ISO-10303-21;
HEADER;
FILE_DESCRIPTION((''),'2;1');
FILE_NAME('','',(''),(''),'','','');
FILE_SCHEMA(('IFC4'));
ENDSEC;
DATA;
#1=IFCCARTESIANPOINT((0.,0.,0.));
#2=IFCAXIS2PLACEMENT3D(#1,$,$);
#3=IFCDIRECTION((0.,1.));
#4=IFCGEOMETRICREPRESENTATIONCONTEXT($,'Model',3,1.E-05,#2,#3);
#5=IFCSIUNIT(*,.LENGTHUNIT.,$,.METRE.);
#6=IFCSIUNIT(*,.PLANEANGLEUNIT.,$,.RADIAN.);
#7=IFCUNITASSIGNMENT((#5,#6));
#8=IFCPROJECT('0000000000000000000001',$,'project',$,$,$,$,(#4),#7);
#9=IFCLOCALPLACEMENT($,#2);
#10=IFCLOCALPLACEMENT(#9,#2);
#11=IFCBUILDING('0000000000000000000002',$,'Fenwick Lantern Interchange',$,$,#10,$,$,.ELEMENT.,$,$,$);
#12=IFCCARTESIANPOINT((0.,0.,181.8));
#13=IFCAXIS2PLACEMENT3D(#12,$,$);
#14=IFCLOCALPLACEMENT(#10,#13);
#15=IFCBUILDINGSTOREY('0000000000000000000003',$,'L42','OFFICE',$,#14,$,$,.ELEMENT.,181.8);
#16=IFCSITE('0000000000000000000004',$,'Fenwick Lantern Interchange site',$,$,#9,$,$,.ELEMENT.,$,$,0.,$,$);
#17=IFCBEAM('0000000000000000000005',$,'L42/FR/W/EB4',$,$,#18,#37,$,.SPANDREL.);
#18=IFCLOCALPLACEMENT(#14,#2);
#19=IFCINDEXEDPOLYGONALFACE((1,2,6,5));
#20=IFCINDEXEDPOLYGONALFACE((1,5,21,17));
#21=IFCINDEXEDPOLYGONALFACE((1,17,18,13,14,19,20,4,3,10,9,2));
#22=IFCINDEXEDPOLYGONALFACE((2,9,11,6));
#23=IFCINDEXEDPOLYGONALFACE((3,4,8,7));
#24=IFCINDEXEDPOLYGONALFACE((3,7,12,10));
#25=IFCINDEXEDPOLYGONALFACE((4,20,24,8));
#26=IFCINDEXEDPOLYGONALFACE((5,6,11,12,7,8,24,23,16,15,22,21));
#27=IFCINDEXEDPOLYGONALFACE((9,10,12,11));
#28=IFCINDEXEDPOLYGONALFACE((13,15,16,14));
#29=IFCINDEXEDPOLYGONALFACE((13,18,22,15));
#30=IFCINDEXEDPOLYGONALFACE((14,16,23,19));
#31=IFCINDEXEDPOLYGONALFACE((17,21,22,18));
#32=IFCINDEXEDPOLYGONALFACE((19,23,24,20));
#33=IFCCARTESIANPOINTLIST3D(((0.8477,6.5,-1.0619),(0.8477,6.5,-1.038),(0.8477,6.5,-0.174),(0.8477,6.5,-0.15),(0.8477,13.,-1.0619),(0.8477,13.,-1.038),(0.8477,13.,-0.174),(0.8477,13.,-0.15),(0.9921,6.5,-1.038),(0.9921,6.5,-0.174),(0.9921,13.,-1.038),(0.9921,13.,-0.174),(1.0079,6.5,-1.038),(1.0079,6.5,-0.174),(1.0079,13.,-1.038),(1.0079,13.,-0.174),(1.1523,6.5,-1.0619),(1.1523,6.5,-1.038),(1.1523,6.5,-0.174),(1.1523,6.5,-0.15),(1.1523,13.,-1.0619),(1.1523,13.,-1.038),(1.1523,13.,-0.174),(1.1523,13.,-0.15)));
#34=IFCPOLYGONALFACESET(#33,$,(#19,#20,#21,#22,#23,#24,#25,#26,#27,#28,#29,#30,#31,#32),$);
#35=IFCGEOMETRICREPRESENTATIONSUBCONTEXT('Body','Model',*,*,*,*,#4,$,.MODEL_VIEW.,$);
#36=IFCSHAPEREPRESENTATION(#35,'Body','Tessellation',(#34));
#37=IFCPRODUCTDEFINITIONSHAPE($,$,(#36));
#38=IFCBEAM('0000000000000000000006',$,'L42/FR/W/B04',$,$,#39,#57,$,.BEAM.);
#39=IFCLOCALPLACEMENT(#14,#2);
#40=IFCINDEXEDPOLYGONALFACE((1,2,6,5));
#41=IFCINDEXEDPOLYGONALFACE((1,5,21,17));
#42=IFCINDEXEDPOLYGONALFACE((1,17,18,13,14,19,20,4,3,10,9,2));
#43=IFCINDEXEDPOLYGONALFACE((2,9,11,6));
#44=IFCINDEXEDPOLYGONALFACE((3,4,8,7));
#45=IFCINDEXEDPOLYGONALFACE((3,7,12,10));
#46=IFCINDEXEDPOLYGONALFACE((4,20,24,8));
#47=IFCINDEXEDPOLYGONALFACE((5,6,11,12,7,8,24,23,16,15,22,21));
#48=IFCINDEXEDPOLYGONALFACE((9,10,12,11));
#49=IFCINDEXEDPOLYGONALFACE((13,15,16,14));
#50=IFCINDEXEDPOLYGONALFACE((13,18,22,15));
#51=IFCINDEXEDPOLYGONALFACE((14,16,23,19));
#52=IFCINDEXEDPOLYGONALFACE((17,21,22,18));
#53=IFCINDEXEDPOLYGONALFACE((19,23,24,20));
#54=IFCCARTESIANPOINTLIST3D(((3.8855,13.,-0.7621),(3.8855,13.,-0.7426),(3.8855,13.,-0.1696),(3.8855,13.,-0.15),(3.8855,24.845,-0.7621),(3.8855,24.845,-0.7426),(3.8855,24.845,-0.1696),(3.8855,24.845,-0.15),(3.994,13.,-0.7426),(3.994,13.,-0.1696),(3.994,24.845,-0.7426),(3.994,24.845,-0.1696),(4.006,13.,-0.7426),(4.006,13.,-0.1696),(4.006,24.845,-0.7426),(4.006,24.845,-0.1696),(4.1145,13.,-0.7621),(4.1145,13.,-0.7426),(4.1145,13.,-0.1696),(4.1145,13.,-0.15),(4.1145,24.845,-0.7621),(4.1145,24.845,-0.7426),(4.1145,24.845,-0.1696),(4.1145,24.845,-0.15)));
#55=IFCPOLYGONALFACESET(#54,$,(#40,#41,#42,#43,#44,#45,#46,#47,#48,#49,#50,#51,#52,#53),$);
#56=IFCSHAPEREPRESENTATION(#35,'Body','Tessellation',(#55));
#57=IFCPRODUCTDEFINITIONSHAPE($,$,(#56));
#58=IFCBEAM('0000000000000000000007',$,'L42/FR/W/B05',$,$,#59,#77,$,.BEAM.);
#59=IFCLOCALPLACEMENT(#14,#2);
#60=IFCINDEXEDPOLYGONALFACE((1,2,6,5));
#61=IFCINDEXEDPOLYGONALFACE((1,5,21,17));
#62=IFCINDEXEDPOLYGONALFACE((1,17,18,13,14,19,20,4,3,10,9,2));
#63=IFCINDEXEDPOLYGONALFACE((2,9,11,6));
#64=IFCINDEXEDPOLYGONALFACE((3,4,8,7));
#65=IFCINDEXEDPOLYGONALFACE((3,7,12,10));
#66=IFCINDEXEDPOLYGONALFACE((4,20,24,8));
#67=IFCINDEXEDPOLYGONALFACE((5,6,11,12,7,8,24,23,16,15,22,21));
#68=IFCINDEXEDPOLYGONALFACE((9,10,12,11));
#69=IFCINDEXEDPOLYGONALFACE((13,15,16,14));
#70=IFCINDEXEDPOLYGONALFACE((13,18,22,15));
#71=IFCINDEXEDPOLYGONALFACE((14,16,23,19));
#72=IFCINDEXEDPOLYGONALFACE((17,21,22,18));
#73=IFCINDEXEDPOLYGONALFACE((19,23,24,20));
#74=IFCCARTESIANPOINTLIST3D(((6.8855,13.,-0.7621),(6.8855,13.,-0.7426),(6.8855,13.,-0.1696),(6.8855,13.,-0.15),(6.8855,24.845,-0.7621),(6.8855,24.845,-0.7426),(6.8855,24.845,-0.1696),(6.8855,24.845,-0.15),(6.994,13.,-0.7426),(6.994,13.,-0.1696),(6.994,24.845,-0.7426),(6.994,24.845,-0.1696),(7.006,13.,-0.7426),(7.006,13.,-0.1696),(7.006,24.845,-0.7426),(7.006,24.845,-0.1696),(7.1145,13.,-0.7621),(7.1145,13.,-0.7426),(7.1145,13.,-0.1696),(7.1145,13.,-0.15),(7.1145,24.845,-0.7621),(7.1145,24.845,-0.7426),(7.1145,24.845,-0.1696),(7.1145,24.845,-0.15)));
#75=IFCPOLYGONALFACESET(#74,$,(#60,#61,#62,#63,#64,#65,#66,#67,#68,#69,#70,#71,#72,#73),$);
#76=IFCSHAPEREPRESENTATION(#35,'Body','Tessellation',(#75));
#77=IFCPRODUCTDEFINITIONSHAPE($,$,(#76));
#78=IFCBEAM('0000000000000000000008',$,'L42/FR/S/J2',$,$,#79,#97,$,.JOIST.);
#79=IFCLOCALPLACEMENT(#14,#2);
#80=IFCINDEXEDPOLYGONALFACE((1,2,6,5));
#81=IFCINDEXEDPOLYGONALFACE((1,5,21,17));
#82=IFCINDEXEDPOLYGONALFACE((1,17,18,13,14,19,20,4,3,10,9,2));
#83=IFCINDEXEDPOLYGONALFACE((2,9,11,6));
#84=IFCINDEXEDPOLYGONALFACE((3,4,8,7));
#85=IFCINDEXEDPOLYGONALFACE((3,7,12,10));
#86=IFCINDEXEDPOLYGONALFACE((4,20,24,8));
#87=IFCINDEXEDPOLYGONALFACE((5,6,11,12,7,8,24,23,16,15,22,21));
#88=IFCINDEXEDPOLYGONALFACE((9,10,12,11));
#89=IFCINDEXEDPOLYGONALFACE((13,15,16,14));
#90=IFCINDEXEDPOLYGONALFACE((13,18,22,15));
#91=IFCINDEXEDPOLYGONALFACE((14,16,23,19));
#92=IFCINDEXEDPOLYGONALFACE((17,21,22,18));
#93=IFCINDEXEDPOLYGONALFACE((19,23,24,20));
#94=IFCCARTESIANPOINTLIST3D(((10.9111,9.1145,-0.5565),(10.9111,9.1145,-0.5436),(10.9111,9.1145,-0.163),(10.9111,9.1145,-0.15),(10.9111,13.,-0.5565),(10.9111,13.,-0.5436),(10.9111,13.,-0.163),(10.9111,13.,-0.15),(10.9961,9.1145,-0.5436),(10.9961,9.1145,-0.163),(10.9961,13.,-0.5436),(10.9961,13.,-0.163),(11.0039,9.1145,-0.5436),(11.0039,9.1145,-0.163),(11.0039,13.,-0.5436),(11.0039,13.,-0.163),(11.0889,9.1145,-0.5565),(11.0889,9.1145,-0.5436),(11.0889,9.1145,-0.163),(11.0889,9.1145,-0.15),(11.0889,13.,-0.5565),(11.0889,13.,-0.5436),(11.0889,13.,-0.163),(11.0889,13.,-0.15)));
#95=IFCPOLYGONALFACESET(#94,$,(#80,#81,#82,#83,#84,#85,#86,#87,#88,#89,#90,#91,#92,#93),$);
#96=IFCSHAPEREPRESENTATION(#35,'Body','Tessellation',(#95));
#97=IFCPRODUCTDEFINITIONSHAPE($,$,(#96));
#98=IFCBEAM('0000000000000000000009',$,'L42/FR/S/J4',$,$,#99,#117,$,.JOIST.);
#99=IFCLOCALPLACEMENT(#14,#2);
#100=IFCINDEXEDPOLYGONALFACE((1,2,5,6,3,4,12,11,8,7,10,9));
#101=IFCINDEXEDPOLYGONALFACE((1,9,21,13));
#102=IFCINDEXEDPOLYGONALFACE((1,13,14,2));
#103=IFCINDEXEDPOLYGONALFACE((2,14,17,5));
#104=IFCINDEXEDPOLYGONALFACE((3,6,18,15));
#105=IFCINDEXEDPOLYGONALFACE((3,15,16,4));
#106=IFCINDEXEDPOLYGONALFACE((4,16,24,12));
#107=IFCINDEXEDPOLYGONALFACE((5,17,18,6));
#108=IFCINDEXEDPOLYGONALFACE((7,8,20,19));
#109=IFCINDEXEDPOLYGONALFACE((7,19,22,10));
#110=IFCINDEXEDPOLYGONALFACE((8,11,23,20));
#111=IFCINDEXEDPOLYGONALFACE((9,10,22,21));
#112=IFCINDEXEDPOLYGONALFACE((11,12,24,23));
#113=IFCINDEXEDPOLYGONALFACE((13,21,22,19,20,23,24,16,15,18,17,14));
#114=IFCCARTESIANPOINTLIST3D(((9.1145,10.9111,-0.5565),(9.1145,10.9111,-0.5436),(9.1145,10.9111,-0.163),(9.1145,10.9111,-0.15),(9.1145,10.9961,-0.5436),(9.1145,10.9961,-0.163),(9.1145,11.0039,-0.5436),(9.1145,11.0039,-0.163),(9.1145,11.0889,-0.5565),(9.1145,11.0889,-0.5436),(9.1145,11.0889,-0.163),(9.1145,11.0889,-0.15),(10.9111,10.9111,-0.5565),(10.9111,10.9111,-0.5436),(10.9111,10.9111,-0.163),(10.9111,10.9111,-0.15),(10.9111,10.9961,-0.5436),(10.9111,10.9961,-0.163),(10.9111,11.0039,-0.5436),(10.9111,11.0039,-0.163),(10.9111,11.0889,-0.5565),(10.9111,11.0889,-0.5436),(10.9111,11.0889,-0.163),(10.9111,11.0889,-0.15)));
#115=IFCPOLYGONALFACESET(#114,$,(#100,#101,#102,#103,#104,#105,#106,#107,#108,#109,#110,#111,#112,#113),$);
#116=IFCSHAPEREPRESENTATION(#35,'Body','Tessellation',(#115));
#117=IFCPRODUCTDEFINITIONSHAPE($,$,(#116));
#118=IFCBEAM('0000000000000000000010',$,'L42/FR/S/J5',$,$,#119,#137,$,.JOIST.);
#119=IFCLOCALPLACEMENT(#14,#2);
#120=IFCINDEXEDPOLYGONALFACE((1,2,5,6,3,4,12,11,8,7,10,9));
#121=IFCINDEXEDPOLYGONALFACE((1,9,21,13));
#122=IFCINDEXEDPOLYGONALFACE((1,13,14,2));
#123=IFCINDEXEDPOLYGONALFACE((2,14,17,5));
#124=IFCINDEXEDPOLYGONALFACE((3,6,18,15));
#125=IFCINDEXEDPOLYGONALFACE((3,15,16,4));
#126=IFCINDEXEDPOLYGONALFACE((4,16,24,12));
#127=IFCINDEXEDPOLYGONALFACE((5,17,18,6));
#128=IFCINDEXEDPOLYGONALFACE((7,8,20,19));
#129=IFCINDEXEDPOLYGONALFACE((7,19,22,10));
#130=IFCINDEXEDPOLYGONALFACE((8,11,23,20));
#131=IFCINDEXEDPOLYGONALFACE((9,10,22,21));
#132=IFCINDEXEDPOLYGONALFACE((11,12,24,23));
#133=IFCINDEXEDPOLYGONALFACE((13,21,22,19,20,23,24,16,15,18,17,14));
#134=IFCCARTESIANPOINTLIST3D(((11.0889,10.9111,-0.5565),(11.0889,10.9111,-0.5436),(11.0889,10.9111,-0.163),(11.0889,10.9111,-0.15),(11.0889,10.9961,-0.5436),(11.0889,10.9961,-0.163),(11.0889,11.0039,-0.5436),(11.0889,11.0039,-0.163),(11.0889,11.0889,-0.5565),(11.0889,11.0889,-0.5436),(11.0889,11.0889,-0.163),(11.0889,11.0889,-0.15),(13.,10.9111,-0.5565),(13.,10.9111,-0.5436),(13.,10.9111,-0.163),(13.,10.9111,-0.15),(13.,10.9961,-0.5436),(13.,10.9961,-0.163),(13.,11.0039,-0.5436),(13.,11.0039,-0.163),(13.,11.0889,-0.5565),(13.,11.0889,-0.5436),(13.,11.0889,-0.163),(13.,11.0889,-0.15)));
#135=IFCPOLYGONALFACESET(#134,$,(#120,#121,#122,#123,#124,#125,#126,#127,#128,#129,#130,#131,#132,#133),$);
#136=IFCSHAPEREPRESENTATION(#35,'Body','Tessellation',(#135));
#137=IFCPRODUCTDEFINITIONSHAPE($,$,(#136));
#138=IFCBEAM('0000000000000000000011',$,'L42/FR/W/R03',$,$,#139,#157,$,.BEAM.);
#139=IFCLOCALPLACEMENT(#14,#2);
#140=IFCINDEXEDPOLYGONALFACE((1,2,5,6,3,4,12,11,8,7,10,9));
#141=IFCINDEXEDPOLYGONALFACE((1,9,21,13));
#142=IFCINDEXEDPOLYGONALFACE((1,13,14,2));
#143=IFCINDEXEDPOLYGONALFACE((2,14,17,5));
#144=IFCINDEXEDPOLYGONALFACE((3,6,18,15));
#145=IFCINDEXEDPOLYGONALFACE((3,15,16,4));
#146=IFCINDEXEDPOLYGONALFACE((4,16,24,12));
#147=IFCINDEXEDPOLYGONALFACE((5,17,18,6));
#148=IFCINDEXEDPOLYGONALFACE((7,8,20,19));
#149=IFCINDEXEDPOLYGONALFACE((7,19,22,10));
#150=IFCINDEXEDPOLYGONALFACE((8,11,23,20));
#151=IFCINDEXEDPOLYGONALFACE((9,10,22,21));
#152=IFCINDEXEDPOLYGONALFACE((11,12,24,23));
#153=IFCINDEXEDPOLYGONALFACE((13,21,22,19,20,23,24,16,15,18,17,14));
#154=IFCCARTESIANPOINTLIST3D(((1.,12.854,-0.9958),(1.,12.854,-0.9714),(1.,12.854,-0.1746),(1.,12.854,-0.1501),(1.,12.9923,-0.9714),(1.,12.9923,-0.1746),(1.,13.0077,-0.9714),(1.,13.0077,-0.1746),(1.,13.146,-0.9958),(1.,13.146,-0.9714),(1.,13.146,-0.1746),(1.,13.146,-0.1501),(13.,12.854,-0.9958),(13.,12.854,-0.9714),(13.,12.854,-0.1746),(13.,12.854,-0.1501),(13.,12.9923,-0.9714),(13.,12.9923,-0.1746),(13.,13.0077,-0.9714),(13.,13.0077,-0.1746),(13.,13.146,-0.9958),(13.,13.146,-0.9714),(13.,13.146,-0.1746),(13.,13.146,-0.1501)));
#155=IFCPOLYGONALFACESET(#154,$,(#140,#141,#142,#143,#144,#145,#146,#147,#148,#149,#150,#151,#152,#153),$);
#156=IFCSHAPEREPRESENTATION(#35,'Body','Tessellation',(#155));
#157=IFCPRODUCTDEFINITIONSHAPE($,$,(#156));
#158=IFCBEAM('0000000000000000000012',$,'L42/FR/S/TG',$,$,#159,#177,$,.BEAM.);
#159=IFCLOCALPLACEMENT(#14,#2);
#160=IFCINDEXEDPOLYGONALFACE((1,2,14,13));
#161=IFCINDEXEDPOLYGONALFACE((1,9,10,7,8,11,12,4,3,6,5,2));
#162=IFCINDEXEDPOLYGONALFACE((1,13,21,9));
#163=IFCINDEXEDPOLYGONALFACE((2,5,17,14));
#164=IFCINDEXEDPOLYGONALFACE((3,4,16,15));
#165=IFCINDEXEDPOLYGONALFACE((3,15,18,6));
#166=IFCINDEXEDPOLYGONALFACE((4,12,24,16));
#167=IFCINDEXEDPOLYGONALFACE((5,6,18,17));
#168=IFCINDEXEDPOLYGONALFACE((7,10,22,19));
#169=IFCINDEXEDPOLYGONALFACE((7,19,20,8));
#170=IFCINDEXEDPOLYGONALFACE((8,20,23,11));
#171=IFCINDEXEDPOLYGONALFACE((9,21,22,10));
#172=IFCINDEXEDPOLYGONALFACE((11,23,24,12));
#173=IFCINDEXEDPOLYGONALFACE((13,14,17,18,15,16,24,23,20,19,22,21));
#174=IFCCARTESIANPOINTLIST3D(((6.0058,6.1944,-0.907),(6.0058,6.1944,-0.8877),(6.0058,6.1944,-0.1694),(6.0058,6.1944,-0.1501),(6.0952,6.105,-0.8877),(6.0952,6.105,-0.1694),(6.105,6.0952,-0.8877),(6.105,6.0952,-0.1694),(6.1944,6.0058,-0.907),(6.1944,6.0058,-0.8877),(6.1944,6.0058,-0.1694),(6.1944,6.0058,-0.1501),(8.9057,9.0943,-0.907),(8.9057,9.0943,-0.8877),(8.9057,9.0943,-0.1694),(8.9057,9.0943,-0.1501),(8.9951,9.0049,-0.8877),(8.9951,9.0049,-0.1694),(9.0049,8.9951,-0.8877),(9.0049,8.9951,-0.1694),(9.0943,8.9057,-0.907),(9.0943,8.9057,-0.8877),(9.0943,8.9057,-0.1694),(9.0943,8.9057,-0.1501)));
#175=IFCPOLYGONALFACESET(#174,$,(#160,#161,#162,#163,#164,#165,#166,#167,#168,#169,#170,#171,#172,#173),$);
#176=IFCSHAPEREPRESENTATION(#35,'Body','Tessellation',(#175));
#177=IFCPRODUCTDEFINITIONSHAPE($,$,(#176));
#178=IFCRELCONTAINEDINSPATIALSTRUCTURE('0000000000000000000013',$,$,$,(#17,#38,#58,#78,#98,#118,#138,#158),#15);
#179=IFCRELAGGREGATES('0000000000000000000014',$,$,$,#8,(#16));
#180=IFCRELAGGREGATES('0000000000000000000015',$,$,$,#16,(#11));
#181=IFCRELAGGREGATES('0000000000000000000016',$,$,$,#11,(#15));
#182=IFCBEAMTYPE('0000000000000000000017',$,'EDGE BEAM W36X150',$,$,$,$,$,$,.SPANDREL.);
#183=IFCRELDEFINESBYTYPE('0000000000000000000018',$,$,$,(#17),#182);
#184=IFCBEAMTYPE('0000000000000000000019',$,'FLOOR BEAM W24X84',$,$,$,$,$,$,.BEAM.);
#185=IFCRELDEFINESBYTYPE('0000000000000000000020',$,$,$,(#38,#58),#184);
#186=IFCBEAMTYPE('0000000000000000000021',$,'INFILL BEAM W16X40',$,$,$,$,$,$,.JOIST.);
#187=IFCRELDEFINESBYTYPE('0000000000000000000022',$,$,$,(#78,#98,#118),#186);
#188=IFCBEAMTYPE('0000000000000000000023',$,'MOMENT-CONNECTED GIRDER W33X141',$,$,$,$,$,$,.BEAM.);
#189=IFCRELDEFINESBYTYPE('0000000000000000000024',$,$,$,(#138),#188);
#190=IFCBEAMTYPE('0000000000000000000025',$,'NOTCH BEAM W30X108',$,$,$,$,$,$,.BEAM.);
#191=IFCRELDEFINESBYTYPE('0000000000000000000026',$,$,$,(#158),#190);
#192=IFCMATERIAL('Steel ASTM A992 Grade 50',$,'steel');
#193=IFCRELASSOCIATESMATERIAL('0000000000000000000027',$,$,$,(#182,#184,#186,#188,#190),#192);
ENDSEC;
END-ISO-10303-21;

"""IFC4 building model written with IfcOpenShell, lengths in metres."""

from ifc_helpers import new_model, si_unit, direction, frame, origin, origin_2d, place, context, subcontext, project, spatial, i_section, extrude, material, material_profile, profile_set, type_object, element, save


model = new_model("IFC4")

# Units and contexts
model_context = context("Model", 3, precision=1e-05, world=origin(), true_north=direction((0.0, 1.0)))
body_context = subcontext(model_context, "Body", "Model", "MODEL_VIEW")
ifc_project = project(units=[si_unit("LENGTHUNIT", "METRE"), si_unit("PLANEANGLEUNIT", "RADIAN")], contexts=[model_context])

# Site, building, storey
site_placement = place(None, origin())
site = spatial("IfcSite", under=ifc_project, at=site_placement, Name="Fenwick Lantern Interchange site", CompositionType="ELEMENT", RefElevation=0.0)
building_placement = place(site_placement, origin())
building = spatial("IfcBuilding", under=site, at=building_placement, Name="Fenwick Lantern Interchange", CompositionType="ELEMENT")
storey_placement = place(building_placement, frame((0.0, 0.0, 181.8)))
storey = spatial("IfcBuildingStorey", under=building, at=storey_placement, Name="L42", Description="OFFICE", CompositionType="ELEMENT", Elevation=181.8)

# Beams
ifc_material_1 = material(Name="Steel ASTM A992 Grade 50", Category="steel")
ifc_material_profile_1 = material_profile(ifc_material_1, i_section(OverallWidth=0.3047, OverallDepth=0.9119, WebThickness=0.0159, FlangeThickness=0.0239, at=origin_2d()), Name="W36X150")
ifc_profile_set_1 = profile_set([ifc_material_profile_1], Name="Steel ASTM A992 Grade 50")
beam_type_1 = type_object("IfcBeamType", Name="EDGE BEAM W36X150", PredefinedType="SPANDREL", material=ifc_profile_set_1)
beam_1_placement = place(storey_placement, frame((1.0, 13.0, -0.606), z_axis=(0.0, -1.0, 0.0), x_axis=(1.0, 0.0, 0.0)))
element("IfcBeam", 1, at=beam_1_placement, inside=storey, type_object=beam_type_1, Name="L42/FR/W/EB4", PredefinedType="SPANDREL", context=body_context, shape_type="SweptSolid", body=[
    extrude(i_section(OverallWidth=0.3047, OverallDepth=0.9119, WebThickness=0.0159, FlangeThickness=0.0239, at=origin_2d()), origin(), (0.0, 0.0, 1.0), 6.5),
])
ifc_material_profile_2 = material_profile(ifc_material_1, i_section(OverallWidth=0.229, OverallDepth=0.6121, WebThickness=0.012, FlangeThickness=0.0195, at=origin_2d()), Name="W24X84")
ifc_profile_set_2 = profile_set([ifc_material_profile_2], Name="Steel ASTM A992 Grade 50")
beam_type_2 = type_object("IfcBeamType", Name="FLOOR BEAM W24X84", PredefinedType="BEAM", material=ifc_profile_set_2)
for number, where, z_axis, x_axis, name in (
    (2, (4.0, 24.845, -0.4561), (0.0, -1.0, 0.0), (1.0, 0.0, 0.0), "L42/FR/W/B04"),
    (3, (7.0, 24.845, -0.4561), (0.0, -1.0, 0.0), (1.0, 0.0, 0.0), "L42/FR/W/B05"),
):
    element("IfcBeam", number, at=place(storey_placement, frame(where, z_axis=z_axis, x_axis=x_axis)), inside=storey, type_object=beam_type_2, Name=name, PredefinedType="BEAM", context=body_context, shape_type="SweptSolid", body=[
        extrude(i_section(OverallWidth=0.229, OverallDepth=0.6121, WebThickness=0.012, FlangeThickness=0.0195, at=origin_2d()), origin(), (0.0, 0.0, 1.0), 11.845),
    ])
ifc_material_profile_3 = material_profile(ifc_material_1, i_section(OverallWidth=0.1777, OverallDepth=0.4065, WebThickness=0.0078, FlangeThickness=0.0129, at=origin_2d()), Name="W16X40")
ifc_profile_set_3 = profile_set([ifc_material_profile_3], Name="Steel ASTM A992 Grade 50")
beam_type_3 = type_object("IfcBeamType", Name="INFILL BEAM W16X40", PredefinedType="JOIST", material=ifc_profile_set_3)
beam_2_placement = place(storey_placement, frame((11.0, 9.1145, -0.3533), z_axis=(0.0, 1.0, 0.0), x_axis=(-1.0, 0.0, 0.0)))
element("IfcBeam", 4, at=beam_2_placement, inside=storey, type_object=beam_type_3, Name="L42/FR/S/J2", PredefinedType="JOIST", context=body_context, shape_type="SweptSolid", body=[
    extrude(i_section(OverallWidth=0.1777, OverallDepth=0.4065, WebThickness=0.0078, FlangeThickness=0.0129, at=origin_2d()), origin(), (0.0, 0.0, 1.0), 3.8855),
])
beam_3_placement = place(storey_placement, frame((9.1145, 11.0, -0.3533), z_axis=(1.0, 0.0, 0.0), x_axis=(0.0, 1.0, 0.0)))
element("IfcBeam", 5, at=beam_3_placement, inside=storey, type_object=beam_type_3, Name="L42/FR/S/J4", PredefinedType="JOIST", context=body_context, shape_type="SweptSolid", body=[
    extrude(i_section(OverallWidth=0.1777, OverallDepth=0.4065, WebThickness=0.0078, FlangeThickness=0.0129, at=origin_2d()), origin(), (0.0, 0.0, 1.0), 1.7966),
])
beam_4_placement = place(storey_placement, frame((11.0889, 11.0, -0.3533), z_axis=(1.0, 0.0, 0.0), x_axis=(0.0, 1.0, 0.0)))
element("IfcBeam", 6, at=beam_4_placement, inside=storey, type_object=beam_type_3, Name="L42/FR/S/J5", PredefinedType="JOIST", context=body_context, shape_type="SweptSolid", body=[
    extrude(i_section(OverallWidth=0.1777, OverallDepth=0.4065, WebThickness=0.0078, FlangeThickness=0.0129, at=origin_2d()), origin(), (0.0, 0.0, 1.0), 1.9111),
])
ifc_material_profile_4 = material_profile(ifc_material_1, i_section(OverallWidth=0.292, OverallDepth=0.8457, WebThickness=0.0154, FlangeThickness=0.0244, at=origin_2d()), Name="W33X141")
ifc_profile_set_4 = profile_set([ifc_material_profile_4], Name="Steel ASTM A992 Grade 50")
beam_type_4 = type_object("IfcBeamType", Name="MOMENT-CONNECTED GIRDER W33X141", PredefinedType="BEAM", material=ifc_profile_set_4)
beam_5_placement = place(storey_placement, frame((1.0, 13.0, -0.573), z_axis=(1.0, 0.0, 0.0), x_axis=(0.0, 1.0, 0.0)))
element("IfcBeam", 7, at=beam_5_placement, inside=storey, type_object=beam_type_4, Name="L42/FR/W/R03", PredefinedType="BEAM", context=body_context, shape_type="SweptSolid", body=[
    extrude(i_section(OverallWidth=0.292, OverallDepth=0.8457, WebThickness=0.0154, FlangeThickness=0.0244, at=origin_2d()), origin(), (0.0, 0.0, 1.0), 12.0),
])
ifc_material_profile_5 = material_profile(ifc_material_1, i_section(OverallWidth=0.2666, OverallDepth=0.7568, WebThickness=0.0139, FlangeThickness=0.0193, at=origin_2d()), Name="W30X108")
ifc_profile_set_5 = profile_set([ifc_material_profile_5], Name="Steel ASTM A992 Grade 50")
beam_type_5 = type_object("IfcBeamType", Name="NOTCH BEAM W30X108", PredefinedType="BEAM", material=ifc_profile_set_5)
beam_6_placement = place(storey_placement, frame((9.0, 9.0, -0.5286), z_axis=(-0.707107, -0.707107, 0.0), x_axis=(0.707107, -0.707107, 0.0)))
element("IfcBeam", 8, at=beam_6_placement, inside=storey, type_object=beam_type_5, Name="L42/FR/S/TG", PredefinedType="BEAM", context=body_context, shape_type="SweptSolid", body=[
    extrude(i_section(OverallWidth=0.2666, OverallDepth=0.7568, WebThickness=0.0139, FlangeThickness=0.0193, at=origin_2d()), origin(), (0.0, 0.0, 1.0), 4.1011),
])

save(model, "model.ifc")
